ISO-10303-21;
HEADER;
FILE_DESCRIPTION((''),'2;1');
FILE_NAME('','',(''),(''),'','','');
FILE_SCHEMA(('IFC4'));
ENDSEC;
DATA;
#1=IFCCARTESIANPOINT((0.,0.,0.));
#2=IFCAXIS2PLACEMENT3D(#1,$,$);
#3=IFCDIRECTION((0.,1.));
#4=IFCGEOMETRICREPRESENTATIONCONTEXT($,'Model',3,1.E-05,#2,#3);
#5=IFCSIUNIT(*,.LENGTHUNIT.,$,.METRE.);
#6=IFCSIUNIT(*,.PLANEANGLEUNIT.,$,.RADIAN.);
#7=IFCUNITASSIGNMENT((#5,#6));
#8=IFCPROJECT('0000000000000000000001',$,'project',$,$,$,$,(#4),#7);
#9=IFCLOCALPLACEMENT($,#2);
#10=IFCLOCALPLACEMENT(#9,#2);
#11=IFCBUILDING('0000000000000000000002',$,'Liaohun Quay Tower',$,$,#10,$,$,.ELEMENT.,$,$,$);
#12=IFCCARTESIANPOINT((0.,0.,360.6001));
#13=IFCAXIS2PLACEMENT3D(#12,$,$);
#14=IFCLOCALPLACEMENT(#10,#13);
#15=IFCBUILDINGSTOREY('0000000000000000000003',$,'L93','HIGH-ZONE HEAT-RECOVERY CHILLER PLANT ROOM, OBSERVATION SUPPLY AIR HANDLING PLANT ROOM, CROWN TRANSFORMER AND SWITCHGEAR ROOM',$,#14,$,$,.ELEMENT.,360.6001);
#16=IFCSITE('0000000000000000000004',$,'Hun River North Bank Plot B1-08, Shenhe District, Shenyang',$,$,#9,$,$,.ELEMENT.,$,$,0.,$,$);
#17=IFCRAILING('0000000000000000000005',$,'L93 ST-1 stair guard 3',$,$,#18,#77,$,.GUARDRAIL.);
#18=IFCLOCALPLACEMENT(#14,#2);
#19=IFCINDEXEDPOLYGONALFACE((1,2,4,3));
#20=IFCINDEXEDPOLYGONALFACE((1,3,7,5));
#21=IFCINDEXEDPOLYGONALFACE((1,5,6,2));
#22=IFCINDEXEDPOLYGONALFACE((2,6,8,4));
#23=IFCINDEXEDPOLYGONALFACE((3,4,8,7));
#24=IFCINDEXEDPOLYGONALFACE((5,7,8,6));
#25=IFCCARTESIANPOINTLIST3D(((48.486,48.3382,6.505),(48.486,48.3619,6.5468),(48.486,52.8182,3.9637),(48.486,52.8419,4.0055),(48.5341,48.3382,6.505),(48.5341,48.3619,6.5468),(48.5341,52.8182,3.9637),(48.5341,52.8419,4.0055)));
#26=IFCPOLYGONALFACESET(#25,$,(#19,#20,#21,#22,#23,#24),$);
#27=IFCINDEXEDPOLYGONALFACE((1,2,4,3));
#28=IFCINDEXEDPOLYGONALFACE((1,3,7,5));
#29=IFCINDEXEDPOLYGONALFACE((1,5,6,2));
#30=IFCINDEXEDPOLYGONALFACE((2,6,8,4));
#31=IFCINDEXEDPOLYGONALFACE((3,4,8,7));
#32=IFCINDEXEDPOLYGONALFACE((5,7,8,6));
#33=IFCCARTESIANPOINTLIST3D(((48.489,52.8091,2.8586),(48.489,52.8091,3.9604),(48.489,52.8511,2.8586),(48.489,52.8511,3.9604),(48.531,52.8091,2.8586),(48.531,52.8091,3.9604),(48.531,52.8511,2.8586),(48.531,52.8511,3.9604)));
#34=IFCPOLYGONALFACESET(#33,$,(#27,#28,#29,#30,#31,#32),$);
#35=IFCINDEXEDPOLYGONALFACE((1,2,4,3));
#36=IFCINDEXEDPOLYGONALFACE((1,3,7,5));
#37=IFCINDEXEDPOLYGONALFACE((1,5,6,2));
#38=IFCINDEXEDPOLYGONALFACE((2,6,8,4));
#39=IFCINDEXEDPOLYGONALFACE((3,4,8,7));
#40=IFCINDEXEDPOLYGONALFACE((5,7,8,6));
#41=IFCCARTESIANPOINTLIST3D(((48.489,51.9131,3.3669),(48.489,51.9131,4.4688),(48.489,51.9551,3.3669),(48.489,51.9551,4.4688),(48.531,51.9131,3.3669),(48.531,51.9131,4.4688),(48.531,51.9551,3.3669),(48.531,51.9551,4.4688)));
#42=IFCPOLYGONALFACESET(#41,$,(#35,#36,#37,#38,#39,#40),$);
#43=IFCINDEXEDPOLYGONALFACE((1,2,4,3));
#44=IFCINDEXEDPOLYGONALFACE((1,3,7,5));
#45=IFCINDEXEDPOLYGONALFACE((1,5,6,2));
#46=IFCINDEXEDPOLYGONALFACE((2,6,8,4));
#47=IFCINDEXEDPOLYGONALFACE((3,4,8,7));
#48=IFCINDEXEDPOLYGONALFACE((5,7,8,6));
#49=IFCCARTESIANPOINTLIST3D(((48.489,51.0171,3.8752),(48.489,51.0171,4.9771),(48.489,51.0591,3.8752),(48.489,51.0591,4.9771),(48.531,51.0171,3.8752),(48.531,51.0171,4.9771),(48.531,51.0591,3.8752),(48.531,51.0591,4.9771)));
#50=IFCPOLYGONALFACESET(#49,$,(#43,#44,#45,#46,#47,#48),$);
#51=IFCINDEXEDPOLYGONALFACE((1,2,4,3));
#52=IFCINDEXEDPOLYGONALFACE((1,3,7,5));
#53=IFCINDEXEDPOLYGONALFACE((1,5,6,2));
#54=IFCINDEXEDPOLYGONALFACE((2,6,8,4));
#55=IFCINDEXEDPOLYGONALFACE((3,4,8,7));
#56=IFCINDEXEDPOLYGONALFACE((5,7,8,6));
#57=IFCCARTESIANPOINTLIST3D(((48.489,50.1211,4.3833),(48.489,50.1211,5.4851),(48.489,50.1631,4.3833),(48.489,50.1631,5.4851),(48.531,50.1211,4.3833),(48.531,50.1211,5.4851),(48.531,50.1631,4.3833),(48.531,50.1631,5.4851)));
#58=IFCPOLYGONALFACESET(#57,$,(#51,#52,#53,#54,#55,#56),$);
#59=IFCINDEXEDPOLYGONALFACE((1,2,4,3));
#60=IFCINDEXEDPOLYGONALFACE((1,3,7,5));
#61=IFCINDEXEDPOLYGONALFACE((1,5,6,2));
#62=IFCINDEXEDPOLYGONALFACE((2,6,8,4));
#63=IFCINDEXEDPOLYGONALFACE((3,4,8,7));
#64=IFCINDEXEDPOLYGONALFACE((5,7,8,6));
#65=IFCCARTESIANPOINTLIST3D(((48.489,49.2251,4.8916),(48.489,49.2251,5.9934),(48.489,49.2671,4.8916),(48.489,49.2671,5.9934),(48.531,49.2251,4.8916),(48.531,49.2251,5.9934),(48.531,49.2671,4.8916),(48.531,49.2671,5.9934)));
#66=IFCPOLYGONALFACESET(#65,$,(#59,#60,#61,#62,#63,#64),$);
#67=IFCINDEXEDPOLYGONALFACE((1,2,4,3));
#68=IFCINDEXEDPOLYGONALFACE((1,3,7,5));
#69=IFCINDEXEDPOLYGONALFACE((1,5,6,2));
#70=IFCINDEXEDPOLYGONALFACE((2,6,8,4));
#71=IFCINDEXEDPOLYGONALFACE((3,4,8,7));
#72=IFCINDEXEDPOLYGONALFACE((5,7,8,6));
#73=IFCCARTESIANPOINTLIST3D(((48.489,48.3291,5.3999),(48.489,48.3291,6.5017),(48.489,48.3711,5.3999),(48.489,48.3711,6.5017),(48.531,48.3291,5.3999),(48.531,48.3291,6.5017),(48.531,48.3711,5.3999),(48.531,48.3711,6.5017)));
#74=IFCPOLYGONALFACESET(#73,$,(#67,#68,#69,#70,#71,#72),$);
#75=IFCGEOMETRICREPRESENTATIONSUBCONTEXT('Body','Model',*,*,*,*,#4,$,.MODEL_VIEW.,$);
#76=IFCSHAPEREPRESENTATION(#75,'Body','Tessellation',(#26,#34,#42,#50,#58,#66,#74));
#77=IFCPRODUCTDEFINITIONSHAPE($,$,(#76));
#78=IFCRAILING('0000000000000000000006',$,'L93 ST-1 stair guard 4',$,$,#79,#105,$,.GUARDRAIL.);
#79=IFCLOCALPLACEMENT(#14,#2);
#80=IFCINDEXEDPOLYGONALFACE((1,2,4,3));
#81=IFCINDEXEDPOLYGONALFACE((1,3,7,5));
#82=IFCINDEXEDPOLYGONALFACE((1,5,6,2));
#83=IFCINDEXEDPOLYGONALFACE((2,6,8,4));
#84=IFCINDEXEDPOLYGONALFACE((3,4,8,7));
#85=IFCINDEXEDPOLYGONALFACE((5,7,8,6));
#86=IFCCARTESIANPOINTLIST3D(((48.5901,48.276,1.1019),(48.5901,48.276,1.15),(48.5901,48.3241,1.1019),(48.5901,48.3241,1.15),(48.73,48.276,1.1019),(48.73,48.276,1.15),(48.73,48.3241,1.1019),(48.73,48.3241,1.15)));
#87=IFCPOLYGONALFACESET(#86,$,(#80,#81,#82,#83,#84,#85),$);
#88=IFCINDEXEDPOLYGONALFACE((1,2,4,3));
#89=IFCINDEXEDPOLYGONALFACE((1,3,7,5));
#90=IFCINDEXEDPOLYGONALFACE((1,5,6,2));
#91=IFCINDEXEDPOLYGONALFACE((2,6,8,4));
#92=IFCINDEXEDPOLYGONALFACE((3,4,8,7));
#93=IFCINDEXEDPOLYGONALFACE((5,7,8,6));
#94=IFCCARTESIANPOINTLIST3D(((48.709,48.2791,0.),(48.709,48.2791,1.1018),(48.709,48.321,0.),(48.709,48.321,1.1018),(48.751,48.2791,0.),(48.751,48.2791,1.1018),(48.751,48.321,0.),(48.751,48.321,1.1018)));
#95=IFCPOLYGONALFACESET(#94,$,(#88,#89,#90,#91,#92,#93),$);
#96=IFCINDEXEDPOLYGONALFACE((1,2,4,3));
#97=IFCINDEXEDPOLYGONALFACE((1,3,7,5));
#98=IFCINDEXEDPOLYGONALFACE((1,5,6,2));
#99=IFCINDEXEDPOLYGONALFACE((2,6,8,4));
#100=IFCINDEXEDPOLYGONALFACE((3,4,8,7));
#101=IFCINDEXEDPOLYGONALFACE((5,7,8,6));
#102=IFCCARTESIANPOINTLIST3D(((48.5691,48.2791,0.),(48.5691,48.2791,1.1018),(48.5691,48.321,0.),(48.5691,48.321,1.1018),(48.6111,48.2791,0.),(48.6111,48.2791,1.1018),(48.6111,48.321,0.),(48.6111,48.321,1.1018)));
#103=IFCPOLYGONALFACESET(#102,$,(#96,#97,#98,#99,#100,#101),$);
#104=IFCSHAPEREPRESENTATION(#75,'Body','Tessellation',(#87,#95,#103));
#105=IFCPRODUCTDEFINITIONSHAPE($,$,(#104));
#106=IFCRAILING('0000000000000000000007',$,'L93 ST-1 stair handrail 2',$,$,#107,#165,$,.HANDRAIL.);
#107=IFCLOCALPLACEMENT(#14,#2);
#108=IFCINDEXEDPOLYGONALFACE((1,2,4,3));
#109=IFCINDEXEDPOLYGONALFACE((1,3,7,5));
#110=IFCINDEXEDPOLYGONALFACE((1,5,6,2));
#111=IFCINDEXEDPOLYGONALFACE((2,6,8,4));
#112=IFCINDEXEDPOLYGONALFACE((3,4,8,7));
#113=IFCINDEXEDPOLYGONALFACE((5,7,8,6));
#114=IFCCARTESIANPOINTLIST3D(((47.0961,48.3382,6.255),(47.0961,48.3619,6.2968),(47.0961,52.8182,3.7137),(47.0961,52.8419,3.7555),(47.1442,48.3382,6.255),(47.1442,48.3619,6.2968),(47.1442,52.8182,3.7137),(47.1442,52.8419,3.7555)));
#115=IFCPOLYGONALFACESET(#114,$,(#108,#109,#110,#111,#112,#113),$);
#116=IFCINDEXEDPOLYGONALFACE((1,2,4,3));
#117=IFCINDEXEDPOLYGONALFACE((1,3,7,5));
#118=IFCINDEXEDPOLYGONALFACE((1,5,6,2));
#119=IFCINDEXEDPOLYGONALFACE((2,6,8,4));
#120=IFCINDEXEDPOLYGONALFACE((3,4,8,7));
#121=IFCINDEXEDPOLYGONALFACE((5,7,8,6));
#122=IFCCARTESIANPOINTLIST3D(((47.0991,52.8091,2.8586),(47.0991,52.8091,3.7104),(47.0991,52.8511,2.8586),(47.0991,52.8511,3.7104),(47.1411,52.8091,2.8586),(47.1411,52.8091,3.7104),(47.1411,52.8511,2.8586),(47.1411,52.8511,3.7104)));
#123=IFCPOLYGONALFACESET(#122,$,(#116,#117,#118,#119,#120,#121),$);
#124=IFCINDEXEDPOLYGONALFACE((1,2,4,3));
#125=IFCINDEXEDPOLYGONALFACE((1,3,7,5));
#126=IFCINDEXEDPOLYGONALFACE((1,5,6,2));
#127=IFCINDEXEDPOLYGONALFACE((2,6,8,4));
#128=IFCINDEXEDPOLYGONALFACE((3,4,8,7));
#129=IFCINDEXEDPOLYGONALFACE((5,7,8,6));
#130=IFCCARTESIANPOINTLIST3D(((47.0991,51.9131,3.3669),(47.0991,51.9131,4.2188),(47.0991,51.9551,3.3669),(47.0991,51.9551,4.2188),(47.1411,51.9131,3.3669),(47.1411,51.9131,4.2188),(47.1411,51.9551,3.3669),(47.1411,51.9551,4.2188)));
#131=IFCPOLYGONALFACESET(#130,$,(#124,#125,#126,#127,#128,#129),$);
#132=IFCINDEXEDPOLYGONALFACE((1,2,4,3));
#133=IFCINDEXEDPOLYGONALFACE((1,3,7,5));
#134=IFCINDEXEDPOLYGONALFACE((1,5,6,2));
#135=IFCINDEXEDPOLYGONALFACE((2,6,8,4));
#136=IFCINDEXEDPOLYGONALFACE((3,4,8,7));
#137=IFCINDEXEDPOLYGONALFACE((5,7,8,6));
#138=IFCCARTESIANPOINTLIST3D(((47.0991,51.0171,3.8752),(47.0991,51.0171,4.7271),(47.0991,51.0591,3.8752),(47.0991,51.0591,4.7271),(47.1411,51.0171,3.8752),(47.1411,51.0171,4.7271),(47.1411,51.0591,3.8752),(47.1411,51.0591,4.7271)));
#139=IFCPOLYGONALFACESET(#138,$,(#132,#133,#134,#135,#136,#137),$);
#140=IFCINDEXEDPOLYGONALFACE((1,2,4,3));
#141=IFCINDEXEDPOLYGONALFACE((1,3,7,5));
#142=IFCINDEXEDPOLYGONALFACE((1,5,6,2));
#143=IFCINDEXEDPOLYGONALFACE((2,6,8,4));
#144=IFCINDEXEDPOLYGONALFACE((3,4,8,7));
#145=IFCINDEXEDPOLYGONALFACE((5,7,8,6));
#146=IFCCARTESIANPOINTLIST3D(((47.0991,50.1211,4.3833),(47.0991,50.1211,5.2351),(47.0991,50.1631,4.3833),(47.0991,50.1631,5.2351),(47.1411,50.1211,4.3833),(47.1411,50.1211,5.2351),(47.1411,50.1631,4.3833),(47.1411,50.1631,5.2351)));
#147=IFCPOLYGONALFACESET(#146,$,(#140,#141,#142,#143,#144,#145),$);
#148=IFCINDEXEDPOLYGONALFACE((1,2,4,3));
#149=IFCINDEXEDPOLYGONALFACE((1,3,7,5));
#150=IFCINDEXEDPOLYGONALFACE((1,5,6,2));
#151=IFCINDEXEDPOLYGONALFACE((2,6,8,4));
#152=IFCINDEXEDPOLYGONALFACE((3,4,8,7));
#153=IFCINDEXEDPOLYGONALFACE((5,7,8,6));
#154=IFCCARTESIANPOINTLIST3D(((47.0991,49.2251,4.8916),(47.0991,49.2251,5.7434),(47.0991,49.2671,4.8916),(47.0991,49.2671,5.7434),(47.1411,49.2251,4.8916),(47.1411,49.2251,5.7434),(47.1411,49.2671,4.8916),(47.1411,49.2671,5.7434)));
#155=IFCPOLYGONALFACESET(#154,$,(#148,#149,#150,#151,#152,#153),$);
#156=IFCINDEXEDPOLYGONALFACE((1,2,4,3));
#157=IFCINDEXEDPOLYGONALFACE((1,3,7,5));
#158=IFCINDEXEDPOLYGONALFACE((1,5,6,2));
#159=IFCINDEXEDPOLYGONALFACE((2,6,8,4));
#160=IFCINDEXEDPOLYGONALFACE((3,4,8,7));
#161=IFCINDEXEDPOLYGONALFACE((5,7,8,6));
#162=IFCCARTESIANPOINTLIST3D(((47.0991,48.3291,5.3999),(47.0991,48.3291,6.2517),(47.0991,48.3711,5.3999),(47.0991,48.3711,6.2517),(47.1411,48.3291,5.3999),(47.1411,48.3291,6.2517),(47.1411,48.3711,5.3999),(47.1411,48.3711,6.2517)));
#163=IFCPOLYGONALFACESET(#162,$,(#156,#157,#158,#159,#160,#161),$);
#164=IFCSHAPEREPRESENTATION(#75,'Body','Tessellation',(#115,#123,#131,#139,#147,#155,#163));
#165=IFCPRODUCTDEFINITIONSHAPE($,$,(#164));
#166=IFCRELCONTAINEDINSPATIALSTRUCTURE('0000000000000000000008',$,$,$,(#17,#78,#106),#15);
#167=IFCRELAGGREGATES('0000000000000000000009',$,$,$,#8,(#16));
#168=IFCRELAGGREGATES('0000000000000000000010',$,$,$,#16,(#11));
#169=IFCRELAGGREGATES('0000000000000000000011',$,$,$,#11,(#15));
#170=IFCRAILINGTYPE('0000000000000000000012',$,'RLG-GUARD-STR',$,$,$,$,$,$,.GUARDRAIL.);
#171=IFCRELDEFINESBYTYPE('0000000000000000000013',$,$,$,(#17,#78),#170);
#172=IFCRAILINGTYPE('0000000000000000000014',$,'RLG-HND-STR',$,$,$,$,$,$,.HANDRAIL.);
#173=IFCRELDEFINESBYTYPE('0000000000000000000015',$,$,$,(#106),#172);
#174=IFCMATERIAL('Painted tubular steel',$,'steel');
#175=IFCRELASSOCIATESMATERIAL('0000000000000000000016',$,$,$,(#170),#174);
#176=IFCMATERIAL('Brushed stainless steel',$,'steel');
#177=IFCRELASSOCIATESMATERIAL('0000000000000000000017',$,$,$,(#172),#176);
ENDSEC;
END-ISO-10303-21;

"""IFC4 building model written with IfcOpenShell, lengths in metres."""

from ifc_helpers import new_model, si_unit, direction, frame, origin, origin_2d, place, context, subcontext, project, spatial, rectangle, extrude, material, type_object, element, save


model = new_model("IFC4")

# Units and contexts
model_context = context("Model", 3, precision=1e-05, world=origin(), true_north=direction((0.0, 1.0)))
body_context = subcontext(model_context, "Body", "Model", "MODEL_VIEW")
ifc_project = project(units=[si_unit("LENGTHUNIT", "METRE"), si_unit("PLANEANGLEUNIT", "RADIAN")], contexts=[model_context])

# Site, building, storey
site_placement = place(None, origin())
site = spatial("IfcSite", under=ifc_project, at=site_placement, Name="Hun River North Bank Plot B1-08, Shenhe District, Shenyang", CompositionType="ELEMENT", RefElevation=0.0)
building_placement = place(site_placement, origin())
building = spatial("IfcBuilding", under=site, at=building_placement, Name="Liaohun Quay Tower", CompositionType="ELEMENT")
storey_placement = place(building_placement, frame((0.0, 0.0, 360.6001)))
storey = spatial("IfcBuildingStorey", under=building, at=storey_placement, Name="L93", Description="HIGH-ZONE HEAT-RECOVERY CHILLER PLANT ROOM, OBSERVATION SUPPLY AIR HANDLING PLANT ROOM, CROWN TRANSFORMER AND SWITCHGEAR ROOM", CompositionType="ELEMENT", Elevation=360.6001)

# Railings
ifc_material_1 = material(Name="Painted tubular steel", Category="steel")
railing_type_1 = type_object("IfcRailingType", Name="RLG-GUARD-STR", PredefinedType="GUARDRAIL", material=ifc_material_1)
railing_1_placement = place(storey_placement, frame((48.51, 52.8301, 2.8586)))
element("IfcRailing", 1, at=railing_1_placement, inside=storey, type_object=railing_type_1, Name="L93 ST-1 stair guard 3", PredefinedType="GUARDRAIL", context=body_context, shape_type="SweptSolid", body=[
    extrude(rectangle(XDim=0.0481, YDim=0.0481, at=origin_2d()), frame((0.0, 0.0, 1.126), z_axis=(0.0, -0.869805, 0.493395), x_axis=(1.0, 0.0, 0.0)), (0.0, 0.0, 1.0), 5.1506),
    extrude(rectangle(XDim=0.042, YDim=0.042, at=origin_2d()), origin(), (0.0, 0.0, 1.0), 1.1018),
    extrude(rectangle(XDim=0.042, YDim=0.042, at=origin_2d()), frame((0.0, -0.896, 0.5083)), (0.0, 0.0, 1.0), 1.1018),
    extrude(rectangle(XDim=0.042, YDim=0.042, at=origin_2d()), frame((0.0, -1.792, 1.0166)), (0.0, 0.0, 1.0), 1.1018),
    extrude(rectangle(XDim=0.042, YDim=0.042, at=origin_2d()), frame((0.0, -2.688, 1.5247)), (0.0, 0.0, 1.0), 1.1018),
    extrude(rectangle(XDim=0.042, YDim=0.042, at=origin_2d()), frame((0.0, -3.584, 2.033)), (0.0, 0.0, 1.0), 1.1018),
    extrude(rectangle(XDim=0.042, YDim=0.042, at=origin_2d()), frame((0.0, -4.48, 2.5413)), (0.0, 0.0, 1.0), 1.1018),
])
railing_2_placement = place(storey_placement, frame((48.73, 48.3, 0.0)))
element("IfcRailing", 2, at=railing_2_placement, inside=storey, type_object=railing_type_1, Name="L93 ST-1 stair guard 4", PredefinedType="GUARDRAIL", context=body_context, shape_type="SweptSolid", body=[
    extrude(rectangle(XDim=0.0481, YDim=0.0481, at=origin_2d()), frame((0.0, 0.0, 1.126), z_axis=(-1.0, 0.0, 0.0), x_axis=(0.0, -1.0, 0.0)), (0.0, 0.0, 1.0), 0.1399),
    extrude(rectangle(XDim=0.042, YDim=0.042, at=origin_2d()), origin(), (0.0, 0.0, 1.0), 1.1018),
    extrude(rectangle(XDim=0.042, YDim=0.042, at=origin_2d()), frame((-0.1399, 0.0, 0.0)), (0.0, 0.0, 1.0), 1.1018),
])
ifc_material_2 = material(Name="Brushed stainless steel", Category="steel")
railing_type_2 = type_object("IfcRailingType", Name="RLG-HND-STR", PredefinedType="HANDRAIL", material=ifc_material_2)
railing_3_placement = place(storey_placement, frame((47.1201, 52.8301, 2.8586)))
element("IfcRailing", 3, at=railing_3_placement, inside=storey, type_object=railing_type_2, Name="L93 ST-1 stair handrail 2", PredefinedType="HANDRAIL", context=body_context, shape_type="SweptSolid", body=[
    extrude(rectangle(XDim=0.0481, YDim=0.0481, at=origin_2d()), frame((0.0, 0.0, 0.876), z_axis=(0.0, -0.869805, 0.493395), x_axis=(1.0, 0.0, 0.0)), (0.0, 0.0, 1.0), 5.1506),
    extrude(rectangle(XDim=0.042, YDim=0.042, at=origin_2d()), origin(), (0.0, 0.0, 1.0), 0.8518),
    extrude(rectangle(XDim=0.042, YDim=0.042, at=origin_2d()), frame((0.0, -0.896, 0.5083)), (0.0, 0.0, 1.0), 0.8518),
    extrude(rectangle(XDim=0.042, YDim=0.042, at=origin_2d()), frame((0.0, -1.792, 1.0166)), (0.0, 0.0, 1.0), 0.8518),
    extrude(rectangle(XDim=0.042, YDim=0.042, at=origin_2d()), frame((0.0, -2.688, 1.5247)), (0.0, 0.0, 1.0), 0.8518),
    extrude(rectangle(XDim=0.042, YDim=0.042, at=origin_2d()), frame((0.0, -3.584, 2.033)), (0.0, 0.0, 1.0), 0.8518),
    extrude(rectangle(XDim=0.042, YDim=0.042, at=origin_2d()), frame((0.0, -4.48, 2.5413)), (0.0, 0.0, 1.0), 0.8518),
])

save(model, "model.ifc")
